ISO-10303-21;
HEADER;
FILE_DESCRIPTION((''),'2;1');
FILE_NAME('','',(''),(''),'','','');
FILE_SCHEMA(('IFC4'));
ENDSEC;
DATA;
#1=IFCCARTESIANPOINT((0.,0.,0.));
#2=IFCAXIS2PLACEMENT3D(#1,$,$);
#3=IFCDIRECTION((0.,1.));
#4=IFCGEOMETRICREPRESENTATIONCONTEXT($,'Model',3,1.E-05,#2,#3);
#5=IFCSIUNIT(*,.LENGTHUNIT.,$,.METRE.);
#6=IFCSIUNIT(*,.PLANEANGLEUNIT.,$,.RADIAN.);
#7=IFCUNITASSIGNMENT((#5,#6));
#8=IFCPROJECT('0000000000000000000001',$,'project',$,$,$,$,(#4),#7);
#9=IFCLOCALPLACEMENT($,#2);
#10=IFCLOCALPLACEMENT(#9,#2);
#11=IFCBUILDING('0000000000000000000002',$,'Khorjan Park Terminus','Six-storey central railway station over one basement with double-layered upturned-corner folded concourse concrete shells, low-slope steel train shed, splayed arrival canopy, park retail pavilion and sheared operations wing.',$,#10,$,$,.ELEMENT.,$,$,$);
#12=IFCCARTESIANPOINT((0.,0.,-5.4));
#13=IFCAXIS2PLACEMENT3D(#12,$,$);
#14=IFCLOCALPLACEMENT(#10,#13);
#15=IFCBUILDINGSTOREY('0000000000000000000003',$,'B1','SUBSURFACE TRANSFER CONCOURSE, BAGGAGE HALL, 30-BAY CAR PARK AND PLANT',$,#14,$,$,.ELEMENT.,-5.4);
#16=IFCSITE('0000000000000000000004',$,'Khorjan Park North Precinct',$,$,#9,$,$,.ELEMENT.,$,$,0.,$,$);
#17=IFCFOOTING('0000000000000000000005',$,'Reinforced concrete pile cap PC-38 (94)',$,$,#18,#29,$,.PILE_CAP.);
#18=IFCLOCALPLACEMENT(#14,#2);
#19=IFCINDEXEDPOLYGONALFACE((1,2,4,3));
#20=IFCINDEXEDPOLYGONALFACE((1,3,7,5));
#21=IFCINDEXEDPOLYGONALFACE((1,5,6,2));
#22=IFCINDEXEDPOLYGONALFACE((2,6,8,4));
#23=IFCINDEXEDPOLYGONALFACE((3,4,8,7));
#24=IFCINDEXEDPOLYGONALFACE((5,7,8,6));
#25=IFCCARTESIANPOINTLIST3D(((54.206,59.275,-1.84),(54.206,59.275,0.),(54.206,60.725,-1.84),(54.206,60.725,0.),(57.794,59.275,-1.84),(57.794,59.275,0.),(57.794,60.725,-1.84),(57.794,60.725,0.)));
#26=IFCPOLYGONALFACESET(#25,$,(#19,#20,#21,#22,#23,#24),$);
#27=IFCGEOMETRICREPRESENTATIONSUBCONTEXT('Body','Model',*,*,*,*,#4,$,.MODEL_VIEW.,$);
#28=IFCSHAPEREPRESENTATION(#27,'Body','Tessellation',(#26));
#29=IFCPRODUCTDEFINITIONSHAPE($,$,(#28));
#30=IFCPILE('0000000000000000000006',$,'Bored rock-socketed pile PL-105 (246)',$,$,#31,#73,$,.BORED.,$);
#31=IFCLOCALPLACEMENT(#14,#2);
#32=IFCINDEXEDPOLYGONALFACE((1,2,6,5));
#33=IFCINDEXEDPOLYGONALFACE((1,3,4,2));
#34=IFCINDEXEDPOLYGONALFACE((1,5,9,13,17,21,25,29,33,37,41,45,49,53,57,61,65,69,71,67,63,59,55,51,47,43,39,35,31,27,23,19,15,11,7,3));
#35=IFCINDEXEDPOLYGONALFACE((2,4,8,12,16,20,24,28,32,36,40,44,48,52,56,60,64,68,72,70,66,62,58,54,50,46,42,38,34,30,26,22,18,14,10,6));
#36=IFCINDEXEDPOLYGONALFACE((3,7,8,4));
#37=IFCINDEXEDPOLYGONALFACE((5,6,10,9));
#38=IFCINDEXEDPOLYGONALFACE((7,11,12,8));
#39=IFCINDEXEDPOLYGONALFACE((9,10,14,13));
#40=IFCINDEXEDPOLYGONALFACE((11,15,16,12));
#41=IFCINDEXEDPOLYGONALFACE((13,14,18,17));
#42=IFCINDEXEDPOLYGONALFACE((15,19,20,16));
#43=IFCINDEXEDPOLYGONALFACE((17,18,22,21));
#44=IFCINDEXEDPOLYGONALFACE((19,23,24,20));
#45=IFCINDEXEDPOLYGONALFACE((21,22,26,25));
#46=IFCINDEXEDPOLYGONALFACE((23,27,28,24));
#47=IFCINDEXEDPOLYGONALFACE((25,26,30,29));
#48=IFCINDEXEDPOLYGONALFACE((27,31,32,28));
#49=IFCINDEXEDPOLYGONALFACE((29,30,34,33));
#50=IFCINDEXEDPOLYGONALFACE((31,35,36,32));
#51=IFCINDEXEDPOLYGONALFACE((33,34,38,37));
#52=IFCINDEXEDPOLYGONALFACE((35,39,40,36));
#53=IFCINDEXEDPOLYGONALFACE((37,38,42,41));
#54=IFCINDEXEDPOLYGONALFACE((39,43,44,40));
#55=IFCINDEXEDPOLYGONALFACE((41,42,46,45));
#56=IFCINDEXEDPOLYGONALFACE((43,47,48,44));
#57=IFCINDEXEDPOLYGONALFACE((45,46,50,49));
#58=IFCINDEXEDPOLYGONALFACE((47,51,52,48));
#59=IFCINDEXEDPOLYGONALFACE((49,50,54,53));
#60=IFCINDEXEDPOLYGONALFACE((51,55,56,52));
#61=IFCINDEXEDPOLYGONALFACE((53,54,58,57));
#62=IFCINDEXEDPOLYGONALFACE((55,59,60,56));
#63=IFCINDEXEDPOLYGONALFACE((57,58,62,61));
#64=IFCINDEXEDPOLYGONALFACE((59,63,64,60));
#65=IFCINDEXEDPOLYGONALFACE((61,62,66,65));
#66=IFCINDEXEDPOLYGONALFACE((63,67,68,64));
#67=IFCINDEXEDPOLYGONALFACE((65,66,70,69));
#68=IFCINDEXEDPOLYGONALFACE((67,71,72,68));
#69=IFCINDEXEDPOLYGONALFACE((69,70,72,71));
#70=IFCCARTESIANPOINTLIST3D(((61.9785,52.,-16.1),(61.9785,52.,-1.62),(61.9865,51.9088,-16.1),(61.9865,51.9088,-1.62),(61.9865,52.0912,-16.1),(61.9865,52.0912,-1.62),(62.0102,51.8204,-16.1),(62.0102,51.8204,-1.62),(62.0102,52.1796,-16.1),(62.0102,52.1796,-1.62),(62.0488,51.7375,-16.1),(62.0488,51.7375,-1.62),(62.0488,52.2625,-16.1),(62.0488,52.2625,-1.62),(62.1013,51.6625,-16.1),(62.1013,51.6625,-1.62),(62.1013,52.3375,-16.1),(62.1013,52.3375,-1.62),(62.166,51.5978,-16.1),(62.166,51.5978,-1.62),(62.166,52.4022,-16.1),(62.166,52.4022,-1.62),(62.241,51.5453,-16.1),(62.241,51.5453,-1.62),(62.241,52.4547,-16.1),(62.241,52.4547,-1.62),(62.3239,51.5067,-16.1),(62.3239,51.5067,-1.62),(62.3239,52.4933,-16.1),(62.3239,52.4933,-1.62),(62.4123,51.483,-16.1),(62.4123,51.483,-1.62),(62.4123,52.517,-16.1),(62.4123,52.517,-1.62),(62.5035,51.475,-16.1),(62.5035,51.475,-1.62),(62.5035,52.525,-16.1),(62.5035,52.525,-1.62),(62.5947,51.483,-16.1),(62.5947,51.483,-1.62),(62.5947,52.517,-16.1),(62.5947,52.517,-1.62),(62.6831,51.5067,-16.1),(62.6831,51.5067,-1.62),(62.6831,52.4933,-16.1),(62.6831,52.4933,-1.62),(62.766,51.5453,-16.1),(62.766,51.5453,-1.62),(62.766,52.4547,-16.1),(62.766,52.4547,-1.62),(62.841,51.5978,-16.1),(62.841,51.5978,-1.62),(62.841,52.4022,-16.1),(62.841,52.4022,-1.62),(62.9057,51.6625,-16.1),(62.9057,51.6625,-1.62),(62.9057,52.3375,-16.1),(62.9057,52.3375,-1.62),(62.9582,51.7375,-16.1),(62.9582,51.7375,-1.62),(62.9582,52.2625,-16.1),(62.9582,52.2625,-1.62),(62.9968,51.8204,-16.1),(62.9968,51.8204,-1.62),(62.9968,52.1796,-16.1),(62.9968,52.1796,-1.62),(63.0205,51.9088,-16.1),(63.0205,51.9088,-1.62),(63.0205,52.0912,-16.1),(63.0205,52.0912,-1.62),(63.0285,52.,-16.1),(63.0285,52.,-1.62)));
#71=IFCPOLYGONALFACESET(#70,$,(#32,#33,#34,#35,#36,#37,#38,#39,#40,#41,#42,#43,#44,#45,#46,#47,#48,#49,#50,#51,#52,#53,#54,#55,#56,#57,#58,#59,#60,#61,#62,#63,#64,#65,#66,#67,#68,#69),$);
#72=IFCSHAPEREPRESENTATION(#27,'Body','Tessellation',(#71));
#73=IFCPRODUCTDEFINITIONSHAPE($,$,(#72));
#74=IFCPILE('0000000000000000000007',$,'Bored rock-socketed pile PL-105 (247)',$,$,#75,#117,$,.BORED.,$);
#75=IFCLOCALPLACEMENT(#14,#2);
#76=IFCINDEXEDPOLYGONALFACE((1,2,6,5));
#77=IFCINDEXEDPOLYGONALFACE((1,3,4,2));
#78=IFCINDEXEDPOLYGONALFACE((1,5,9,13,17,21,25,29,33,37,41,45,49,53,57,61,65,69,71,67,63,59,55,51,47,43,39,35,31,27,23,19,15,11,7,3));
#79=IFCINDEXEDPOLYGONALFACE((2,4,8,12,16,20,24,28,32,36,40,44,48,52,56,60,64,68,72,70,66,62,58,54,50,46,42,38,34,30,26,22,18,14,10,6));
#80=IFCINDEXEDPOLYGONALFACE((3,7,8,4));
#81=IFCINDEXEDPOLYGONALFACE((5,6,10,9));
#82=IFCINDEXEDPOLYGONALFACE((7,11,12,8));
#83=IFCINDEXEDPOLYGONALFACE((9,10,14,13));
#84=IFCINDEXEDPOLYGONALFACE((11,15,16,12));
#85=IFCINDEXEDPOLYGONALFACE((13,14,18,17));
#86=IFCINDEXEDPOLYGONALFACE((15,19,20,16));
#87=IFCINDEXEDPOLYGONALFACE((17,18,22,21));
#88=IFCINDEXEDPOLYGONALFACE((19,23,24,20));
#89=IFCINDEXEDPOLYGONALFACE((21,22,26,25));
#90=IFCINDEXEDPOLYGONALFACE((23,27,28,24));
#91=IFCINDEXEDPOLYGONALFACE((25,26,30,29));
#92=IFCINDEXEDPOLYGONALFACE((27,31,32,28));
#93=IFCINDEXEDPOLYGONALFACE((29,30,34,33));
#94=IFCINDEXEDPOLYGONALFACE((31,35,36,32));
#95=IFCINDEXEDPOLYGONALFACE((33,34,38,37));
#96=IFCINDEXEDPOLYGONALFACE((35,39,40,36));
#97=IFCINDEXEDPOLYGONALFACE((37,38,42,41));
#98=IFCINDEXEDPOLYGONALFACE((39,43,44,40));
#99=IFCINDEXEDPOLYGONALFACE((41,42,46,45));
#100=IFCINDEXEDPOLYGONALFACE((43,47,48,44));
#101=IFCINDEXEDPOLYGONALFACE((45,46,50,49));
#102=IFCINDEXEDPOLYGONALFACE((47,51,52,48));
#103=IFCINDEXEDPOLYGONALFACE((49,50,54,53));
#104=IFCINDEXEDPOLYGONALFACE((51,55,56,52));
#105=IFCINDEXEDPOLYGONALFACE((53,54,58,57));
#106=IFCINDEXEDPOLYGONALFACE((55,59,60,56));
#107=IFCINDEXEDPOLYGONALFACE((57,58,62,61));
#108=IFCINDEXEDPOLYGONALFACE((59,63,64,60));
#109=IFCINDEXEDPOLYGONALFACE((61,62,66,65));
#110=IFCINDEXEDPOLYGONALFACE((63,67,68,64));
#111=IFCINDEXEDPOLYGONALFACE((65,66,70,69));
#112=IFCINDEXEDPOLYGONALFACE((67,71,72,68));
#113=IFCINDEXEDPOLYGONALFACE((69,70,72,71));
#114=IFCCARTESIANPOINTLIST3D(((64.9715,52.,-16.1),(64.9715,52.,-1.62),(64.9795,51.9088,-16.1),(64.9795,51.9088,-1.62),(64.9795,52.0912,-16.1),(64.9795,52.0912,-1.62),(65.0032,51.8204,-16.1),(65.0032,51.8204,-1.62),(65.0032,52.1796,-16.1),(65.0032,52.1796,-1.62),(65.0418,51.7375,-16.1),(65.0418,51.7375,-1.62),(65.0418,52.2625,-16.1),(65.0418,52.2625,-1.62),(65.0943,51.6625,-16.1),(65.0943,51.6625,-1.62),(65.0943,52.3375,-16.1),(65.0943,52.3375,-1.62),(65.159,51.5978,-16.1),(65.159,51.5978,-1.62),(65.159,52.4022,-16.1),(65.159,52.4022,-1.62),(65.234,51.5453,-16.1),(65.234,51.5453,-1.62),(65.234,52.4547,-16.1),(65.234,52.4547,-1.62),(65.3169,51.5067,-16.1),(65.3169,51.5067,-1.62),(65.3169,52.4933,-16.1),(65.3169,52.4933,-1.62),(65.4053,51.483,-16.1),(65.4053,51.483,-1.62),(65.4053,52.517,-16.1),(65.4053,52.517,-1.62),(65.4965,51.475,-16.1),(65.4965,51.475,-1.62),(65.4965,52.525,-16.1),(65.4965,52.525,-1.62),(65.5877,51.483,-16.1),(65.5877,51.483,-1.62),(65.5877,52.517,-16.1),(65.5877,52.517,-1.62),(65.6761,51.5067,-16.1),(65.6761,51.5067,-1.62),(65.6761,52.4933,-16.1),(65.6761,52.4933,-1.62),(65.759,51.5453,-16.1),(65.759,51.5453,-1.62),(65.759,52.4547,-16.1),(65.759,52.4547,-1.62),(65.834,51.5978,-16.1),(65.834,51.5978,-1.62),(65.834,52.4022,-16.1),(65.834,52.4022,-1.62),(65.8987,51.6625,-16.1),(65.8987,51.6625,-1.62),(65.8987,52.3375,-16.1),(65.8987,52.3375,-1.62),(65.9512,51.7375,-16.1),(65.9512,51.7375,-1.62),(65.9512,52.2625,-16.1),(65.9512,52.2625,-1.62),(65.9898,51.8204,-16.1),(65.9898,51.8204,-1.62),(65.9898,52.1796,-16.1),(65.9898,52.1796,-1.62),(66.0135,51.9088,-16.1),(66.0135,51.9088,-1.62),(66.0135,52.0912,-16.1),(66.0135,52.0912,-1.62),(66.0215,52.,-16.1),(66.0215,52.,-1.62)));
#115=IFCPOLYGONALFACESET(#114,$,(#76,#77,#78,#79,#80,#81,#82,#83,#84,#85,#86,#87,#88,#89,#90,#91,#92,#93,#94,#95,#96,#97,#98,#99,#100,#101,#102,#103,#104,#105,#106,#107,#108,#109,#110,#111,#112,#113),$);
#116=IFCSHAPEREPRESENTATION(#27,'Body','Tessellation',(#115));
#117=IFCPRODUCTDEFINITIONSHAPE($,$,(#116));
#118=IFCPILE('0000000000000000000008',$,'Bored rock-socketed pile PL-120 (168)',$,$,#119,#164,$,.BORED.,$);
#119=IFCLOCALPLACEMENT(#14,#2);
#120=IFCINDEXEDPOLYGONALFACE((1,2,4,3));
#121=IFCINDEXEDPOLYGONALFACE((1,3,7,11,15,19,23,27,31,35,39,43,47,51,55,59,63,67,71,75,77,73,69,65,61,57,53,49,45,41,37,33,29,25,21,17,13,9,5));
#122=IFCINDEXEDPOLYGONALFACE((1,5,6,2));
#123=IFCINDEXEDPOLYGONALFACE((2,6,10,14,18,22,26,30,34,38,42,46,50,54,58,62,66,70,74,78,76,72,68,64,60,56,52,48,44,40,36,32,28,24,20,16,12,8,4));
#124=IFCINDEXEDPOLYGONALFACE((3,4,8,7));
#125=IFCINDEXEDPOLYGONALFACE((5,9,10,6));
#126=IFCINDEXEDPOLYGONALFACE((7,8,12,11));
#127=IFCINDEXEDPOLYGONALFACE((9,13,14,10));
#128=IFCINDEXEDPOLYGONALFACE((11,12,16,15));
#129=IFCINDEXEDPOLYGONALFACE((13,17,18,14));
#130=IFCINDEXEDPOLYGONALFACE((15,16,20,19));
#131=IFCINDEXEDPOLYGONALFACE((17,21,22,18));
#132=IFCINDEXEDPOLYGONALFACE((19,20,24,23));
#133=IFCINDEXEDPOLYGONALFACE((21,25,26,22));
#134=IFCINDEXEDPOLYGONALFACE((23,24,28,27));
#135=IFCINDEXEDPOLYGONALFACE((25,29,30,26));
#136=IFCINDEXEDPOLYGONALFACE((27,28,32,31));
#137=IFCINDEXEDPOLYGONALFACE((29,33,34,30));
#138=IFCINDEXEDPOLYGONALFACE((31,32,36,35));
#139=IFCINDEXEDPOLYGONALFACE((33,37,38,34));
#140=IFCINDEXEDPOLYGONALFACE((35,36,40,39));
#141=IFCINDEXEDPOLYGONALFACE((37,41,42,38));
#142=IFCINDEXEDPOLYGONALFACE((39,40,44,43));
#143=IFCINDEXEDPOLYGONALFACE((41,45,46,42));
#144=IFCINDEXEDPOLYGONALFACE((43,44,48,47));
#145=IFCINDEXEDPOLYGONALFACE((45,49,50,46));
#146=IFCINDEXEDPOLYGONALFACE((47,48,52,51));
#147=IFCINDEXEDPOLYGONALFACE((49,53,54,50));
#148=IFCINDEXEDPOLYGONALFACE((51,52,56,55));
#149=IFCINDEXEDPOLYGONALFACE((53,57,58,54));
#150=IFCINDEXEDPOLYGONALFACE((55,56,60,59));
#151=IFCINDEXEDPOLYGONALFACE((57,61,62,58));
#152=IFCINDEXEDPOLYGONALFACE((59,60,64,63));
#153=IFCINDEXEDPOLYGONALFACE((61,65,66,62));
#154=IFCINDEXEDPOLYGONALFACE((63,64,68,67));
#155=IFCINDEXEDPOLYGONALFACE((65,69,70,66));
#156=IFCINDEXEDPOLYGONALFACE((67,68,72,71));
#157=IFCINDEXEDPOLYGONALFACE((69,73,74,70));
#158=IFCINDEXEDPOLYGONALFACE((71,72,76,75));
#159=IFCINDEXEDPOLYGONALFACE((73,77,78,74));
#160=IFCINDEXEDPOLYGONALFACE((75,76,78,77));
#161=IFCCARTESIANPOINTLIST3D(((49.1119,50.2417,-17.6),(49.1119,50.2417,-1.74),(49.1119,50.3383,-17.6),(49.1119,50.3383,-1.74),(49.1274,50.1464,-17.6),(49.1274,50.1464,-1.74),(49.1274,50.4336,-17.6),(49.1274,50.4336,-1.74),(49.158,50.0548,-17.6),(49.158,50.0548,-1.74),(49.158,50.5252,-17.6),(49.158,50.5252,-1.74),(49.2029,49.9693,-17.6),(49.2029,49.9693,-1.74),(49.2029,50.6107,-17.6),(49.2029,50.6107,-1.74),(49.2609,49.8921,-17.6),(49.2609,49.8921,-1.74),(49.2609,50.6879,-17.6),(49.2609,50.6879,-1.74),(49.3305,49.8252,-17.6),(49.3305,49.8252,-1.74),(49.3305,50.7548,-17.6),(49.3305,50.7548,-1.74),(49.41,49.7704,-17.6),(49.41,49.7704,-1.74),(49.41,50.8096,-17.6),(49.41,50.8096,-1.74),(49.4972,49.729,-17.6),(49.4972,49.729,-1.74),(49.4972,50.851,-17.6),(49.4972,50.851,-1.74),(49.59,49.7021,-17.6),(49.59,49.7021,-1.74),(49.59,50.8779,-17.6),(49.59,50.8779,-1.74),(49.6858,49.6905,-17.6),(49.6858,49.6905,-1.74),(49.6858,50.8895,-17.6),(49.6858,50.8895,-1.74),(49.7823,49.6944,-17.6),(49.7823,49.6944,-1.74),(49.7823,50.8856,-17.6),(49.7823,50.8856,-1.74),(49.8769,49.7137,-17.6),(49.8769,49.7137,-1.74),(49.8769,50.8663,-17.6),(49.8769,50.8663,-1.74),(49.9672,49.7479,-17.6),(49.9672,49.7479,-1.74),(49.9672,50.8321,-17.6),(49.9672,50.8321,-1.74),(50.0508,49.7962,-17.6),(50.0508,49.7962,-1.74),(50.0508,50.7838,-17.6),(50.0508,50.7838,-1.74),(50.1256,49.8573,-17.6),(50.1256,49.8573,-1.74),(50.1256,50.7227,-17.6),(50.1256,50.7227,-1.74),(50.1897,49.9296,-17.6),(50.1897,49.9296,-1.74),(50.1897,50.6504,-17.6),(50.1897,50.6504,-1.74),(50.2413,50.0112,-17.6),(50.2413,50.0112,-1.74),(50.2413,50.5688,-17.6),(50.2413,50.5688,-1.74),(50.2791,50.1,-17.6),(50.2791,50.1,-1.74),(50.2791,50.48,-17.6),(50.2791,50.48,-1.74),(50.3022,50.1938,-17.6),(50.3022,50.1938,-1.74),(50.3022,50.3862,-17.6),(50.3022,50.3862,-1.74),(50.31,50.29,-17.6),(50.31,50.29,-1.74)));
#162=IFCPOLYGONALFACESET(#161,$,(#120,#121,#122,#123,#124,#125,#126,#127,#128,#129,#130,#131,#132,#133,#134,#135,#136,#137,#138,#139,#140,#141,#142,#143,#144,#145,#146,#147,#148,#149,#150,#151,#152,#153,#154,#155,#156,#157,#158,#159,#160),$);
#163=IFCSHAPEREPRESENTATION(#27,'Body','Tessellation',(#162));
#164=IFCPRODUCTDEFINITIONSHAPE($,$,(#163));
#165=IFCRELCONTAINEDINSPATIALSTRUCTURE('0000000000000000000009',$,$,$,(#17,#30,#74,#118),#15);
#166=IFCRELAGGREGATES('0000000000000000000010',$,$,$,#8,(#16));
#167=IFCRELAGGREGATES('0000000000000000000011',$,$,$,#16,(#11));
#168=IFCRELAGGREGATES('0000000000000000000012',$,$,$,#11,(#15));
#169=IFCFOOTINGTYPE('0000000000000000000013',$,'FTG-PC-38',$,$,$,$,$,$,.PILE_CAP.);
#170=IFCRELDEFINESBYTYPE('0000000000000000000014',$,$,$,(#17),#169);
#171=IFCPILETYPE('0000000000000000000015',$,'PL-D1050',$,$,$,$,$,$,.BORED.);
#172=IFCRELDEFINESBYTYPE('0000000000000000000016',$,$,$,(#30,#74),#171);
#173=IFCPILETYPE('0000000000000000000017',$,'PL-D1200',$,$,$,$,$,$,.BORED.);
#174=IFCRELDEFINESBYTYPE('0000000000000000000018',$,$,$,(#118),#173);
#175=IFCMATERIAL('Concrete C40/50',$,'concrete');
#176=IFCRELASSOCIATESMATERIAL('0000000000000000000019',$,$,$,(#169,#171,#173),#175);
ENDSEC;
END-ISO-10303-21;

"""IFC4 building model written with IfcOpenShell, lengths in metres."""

from ifc_helpers import new_model, si_unit, direction, frame, origin, origin_2d, place, context, subcontext, project, spatial, rectangle, circle, extrude, material, material_profile, profile_set, type_object, element, save


model = new_model("IFC4")

# Units and contexts
model_context = context("Model", 3, precision=1e-05, world=origin(), true_north=direction((0.0, 1.0)))
body_context = subcontext(model_context, "Body", "Model", "MODEL_VIEW")
ifc_project = project(units=[si_unit("LENGTHUNIT", "METRE"), si_unit("PLANEANGLEUNIT", "RADIAN")], contexts=[model_context])

# Site, building, storey
site_placement = place(None, origin())
site = spatial("IfcSite", under=ifc_project, at=site_placement, Name="Khorjan Park North Precinct", CompositionType="ELEMENT", RefElevation=0.0)
building_placement = place(site_placement, origin())
building = spatial("IfcBuilding", under=site, at=building_placement, Name="Khorjan Park Terminus", Description="Six-storey central railway station over one basement with double-layered upturned-corner folded concourse concrete shells, low-slope steel train shed, splayed arrival canopy, park retail pavilion and sheared operations wing.", CompositionType="ELEMENT")
storey_placement = place(building_placement, frame((0.0, 0.0, -5.4)))
storey = spatial("IfcBuildingStorey", under=building, at=storey_placement, Name="B1", Description="SUBSURFACE TRANSFER CONCOURSE, BAGGAGE HALL, 30-BAY CAR PARK AND PLANT", CompositionType="ELEMENT", Elevation=-5.4)

# Footing
ifc_material_1 = material(Name="Concrete C40/50", Category="concrete")
footing_type_1 = type_object("IfcFootingType", Name="FTG-PC-38", PredefinedType="PILE_CAP", material=ifc_material_1)
footing_1_placement = place(storey_placement, frame((56.0, 60.0, -1.84), z_axis=(0.0, 0.0, 1.0), x_axis=(1.0, 0.0, 0.0)))
element("IfcFooting", 1, at=footing_1_placement, inside=storey, type_object=footing_type_1, Name="Reinforced concrete pile cap PC-38 (94)", PredefinedType="PILE_CAP", context=body_context, shape_type="SweptSolid", body=[
    extrude(rectangle(XDim=3.588, YDim=1.45, at=origin_2d()), origin(), (0.0, 0.0, 1.0), 1.84),
])

# Piles
ifc_material_profile_1 = material_profile(ifc_material_1, circle(Radius=0.525, at=origin_2d()), Name="BORED D1050")
ifc_profile_set_1 = profile_set([ifc_material_profile_1], Name="Concrete C40/50")
pile_type_1 = type_object("IfcPileType", Name="PL-D1050", PredefinedType="BORED", material=ifc_profile_set_1)
for number, where, z_axis, x_axis, name in (
    (2, (62.5035, 52.0, -1.62), (0.0, 0.0, -1.0), (1.0, 0.0, 0.0), "Bored rock-socketed pile PL-105 (246)"),
    (3, (65.4965, 52.0, -1.62), (0.0, 0.0, -1.0), (1.0, 0.0, 0.0), "Bored rock-socketed pile PL-105 (247)"),
):
    element("IfcPile", number, at=place(storey_placement, frame(where, z_axis=z_axis, x_axis=x_axis)), inside=storey, type_object=pile_type_1, Name=name, PredefinedType="BORED", context=body_context, shape_type="SweptSolid", body=[
        extrude(circle(Radius=0.525, at=origin_2d()), origin(), (0.0, 0.0, 1.0), 14.48),
    ])
ifc_material_profile_2 = material_profile(ifc_material_1, circle(Radius=0.6, at=origin_2d()), Name="BORED D1200")
ifc_profile_set_2 = profile_set([ifc_material_profile_2], Name="Concrete C40/50")
pile_type_2 = type_object("IfcPileType", Name="PL-D1200", PredefinedType="BORED", material=ifc_profile_set_2)
for number, where, z_axis, x_axis, name in (
    (4, (49.71, 50.29, -1.74), (0.0, 0.0, -1.0), (1.0, 0.0, 0.0), "Bored rock-socketed pile PL-120 (168)"),
):
    element("IfcPile", number, at=place(storey_placement, frame(where, z_axis=z_axis, x_axis=x_axis)), inside=storey, type_object=pile_type_2, Name=name, PredefinedType="BORED", context=body_context, shape_type="SweptSolid", body=[
        extrude(circle(Radius=0.6, at=origin_2d()), origin(), (0.0, 0.0, 1.0), 15.86),
    ])

save(model, "model.ifc")
